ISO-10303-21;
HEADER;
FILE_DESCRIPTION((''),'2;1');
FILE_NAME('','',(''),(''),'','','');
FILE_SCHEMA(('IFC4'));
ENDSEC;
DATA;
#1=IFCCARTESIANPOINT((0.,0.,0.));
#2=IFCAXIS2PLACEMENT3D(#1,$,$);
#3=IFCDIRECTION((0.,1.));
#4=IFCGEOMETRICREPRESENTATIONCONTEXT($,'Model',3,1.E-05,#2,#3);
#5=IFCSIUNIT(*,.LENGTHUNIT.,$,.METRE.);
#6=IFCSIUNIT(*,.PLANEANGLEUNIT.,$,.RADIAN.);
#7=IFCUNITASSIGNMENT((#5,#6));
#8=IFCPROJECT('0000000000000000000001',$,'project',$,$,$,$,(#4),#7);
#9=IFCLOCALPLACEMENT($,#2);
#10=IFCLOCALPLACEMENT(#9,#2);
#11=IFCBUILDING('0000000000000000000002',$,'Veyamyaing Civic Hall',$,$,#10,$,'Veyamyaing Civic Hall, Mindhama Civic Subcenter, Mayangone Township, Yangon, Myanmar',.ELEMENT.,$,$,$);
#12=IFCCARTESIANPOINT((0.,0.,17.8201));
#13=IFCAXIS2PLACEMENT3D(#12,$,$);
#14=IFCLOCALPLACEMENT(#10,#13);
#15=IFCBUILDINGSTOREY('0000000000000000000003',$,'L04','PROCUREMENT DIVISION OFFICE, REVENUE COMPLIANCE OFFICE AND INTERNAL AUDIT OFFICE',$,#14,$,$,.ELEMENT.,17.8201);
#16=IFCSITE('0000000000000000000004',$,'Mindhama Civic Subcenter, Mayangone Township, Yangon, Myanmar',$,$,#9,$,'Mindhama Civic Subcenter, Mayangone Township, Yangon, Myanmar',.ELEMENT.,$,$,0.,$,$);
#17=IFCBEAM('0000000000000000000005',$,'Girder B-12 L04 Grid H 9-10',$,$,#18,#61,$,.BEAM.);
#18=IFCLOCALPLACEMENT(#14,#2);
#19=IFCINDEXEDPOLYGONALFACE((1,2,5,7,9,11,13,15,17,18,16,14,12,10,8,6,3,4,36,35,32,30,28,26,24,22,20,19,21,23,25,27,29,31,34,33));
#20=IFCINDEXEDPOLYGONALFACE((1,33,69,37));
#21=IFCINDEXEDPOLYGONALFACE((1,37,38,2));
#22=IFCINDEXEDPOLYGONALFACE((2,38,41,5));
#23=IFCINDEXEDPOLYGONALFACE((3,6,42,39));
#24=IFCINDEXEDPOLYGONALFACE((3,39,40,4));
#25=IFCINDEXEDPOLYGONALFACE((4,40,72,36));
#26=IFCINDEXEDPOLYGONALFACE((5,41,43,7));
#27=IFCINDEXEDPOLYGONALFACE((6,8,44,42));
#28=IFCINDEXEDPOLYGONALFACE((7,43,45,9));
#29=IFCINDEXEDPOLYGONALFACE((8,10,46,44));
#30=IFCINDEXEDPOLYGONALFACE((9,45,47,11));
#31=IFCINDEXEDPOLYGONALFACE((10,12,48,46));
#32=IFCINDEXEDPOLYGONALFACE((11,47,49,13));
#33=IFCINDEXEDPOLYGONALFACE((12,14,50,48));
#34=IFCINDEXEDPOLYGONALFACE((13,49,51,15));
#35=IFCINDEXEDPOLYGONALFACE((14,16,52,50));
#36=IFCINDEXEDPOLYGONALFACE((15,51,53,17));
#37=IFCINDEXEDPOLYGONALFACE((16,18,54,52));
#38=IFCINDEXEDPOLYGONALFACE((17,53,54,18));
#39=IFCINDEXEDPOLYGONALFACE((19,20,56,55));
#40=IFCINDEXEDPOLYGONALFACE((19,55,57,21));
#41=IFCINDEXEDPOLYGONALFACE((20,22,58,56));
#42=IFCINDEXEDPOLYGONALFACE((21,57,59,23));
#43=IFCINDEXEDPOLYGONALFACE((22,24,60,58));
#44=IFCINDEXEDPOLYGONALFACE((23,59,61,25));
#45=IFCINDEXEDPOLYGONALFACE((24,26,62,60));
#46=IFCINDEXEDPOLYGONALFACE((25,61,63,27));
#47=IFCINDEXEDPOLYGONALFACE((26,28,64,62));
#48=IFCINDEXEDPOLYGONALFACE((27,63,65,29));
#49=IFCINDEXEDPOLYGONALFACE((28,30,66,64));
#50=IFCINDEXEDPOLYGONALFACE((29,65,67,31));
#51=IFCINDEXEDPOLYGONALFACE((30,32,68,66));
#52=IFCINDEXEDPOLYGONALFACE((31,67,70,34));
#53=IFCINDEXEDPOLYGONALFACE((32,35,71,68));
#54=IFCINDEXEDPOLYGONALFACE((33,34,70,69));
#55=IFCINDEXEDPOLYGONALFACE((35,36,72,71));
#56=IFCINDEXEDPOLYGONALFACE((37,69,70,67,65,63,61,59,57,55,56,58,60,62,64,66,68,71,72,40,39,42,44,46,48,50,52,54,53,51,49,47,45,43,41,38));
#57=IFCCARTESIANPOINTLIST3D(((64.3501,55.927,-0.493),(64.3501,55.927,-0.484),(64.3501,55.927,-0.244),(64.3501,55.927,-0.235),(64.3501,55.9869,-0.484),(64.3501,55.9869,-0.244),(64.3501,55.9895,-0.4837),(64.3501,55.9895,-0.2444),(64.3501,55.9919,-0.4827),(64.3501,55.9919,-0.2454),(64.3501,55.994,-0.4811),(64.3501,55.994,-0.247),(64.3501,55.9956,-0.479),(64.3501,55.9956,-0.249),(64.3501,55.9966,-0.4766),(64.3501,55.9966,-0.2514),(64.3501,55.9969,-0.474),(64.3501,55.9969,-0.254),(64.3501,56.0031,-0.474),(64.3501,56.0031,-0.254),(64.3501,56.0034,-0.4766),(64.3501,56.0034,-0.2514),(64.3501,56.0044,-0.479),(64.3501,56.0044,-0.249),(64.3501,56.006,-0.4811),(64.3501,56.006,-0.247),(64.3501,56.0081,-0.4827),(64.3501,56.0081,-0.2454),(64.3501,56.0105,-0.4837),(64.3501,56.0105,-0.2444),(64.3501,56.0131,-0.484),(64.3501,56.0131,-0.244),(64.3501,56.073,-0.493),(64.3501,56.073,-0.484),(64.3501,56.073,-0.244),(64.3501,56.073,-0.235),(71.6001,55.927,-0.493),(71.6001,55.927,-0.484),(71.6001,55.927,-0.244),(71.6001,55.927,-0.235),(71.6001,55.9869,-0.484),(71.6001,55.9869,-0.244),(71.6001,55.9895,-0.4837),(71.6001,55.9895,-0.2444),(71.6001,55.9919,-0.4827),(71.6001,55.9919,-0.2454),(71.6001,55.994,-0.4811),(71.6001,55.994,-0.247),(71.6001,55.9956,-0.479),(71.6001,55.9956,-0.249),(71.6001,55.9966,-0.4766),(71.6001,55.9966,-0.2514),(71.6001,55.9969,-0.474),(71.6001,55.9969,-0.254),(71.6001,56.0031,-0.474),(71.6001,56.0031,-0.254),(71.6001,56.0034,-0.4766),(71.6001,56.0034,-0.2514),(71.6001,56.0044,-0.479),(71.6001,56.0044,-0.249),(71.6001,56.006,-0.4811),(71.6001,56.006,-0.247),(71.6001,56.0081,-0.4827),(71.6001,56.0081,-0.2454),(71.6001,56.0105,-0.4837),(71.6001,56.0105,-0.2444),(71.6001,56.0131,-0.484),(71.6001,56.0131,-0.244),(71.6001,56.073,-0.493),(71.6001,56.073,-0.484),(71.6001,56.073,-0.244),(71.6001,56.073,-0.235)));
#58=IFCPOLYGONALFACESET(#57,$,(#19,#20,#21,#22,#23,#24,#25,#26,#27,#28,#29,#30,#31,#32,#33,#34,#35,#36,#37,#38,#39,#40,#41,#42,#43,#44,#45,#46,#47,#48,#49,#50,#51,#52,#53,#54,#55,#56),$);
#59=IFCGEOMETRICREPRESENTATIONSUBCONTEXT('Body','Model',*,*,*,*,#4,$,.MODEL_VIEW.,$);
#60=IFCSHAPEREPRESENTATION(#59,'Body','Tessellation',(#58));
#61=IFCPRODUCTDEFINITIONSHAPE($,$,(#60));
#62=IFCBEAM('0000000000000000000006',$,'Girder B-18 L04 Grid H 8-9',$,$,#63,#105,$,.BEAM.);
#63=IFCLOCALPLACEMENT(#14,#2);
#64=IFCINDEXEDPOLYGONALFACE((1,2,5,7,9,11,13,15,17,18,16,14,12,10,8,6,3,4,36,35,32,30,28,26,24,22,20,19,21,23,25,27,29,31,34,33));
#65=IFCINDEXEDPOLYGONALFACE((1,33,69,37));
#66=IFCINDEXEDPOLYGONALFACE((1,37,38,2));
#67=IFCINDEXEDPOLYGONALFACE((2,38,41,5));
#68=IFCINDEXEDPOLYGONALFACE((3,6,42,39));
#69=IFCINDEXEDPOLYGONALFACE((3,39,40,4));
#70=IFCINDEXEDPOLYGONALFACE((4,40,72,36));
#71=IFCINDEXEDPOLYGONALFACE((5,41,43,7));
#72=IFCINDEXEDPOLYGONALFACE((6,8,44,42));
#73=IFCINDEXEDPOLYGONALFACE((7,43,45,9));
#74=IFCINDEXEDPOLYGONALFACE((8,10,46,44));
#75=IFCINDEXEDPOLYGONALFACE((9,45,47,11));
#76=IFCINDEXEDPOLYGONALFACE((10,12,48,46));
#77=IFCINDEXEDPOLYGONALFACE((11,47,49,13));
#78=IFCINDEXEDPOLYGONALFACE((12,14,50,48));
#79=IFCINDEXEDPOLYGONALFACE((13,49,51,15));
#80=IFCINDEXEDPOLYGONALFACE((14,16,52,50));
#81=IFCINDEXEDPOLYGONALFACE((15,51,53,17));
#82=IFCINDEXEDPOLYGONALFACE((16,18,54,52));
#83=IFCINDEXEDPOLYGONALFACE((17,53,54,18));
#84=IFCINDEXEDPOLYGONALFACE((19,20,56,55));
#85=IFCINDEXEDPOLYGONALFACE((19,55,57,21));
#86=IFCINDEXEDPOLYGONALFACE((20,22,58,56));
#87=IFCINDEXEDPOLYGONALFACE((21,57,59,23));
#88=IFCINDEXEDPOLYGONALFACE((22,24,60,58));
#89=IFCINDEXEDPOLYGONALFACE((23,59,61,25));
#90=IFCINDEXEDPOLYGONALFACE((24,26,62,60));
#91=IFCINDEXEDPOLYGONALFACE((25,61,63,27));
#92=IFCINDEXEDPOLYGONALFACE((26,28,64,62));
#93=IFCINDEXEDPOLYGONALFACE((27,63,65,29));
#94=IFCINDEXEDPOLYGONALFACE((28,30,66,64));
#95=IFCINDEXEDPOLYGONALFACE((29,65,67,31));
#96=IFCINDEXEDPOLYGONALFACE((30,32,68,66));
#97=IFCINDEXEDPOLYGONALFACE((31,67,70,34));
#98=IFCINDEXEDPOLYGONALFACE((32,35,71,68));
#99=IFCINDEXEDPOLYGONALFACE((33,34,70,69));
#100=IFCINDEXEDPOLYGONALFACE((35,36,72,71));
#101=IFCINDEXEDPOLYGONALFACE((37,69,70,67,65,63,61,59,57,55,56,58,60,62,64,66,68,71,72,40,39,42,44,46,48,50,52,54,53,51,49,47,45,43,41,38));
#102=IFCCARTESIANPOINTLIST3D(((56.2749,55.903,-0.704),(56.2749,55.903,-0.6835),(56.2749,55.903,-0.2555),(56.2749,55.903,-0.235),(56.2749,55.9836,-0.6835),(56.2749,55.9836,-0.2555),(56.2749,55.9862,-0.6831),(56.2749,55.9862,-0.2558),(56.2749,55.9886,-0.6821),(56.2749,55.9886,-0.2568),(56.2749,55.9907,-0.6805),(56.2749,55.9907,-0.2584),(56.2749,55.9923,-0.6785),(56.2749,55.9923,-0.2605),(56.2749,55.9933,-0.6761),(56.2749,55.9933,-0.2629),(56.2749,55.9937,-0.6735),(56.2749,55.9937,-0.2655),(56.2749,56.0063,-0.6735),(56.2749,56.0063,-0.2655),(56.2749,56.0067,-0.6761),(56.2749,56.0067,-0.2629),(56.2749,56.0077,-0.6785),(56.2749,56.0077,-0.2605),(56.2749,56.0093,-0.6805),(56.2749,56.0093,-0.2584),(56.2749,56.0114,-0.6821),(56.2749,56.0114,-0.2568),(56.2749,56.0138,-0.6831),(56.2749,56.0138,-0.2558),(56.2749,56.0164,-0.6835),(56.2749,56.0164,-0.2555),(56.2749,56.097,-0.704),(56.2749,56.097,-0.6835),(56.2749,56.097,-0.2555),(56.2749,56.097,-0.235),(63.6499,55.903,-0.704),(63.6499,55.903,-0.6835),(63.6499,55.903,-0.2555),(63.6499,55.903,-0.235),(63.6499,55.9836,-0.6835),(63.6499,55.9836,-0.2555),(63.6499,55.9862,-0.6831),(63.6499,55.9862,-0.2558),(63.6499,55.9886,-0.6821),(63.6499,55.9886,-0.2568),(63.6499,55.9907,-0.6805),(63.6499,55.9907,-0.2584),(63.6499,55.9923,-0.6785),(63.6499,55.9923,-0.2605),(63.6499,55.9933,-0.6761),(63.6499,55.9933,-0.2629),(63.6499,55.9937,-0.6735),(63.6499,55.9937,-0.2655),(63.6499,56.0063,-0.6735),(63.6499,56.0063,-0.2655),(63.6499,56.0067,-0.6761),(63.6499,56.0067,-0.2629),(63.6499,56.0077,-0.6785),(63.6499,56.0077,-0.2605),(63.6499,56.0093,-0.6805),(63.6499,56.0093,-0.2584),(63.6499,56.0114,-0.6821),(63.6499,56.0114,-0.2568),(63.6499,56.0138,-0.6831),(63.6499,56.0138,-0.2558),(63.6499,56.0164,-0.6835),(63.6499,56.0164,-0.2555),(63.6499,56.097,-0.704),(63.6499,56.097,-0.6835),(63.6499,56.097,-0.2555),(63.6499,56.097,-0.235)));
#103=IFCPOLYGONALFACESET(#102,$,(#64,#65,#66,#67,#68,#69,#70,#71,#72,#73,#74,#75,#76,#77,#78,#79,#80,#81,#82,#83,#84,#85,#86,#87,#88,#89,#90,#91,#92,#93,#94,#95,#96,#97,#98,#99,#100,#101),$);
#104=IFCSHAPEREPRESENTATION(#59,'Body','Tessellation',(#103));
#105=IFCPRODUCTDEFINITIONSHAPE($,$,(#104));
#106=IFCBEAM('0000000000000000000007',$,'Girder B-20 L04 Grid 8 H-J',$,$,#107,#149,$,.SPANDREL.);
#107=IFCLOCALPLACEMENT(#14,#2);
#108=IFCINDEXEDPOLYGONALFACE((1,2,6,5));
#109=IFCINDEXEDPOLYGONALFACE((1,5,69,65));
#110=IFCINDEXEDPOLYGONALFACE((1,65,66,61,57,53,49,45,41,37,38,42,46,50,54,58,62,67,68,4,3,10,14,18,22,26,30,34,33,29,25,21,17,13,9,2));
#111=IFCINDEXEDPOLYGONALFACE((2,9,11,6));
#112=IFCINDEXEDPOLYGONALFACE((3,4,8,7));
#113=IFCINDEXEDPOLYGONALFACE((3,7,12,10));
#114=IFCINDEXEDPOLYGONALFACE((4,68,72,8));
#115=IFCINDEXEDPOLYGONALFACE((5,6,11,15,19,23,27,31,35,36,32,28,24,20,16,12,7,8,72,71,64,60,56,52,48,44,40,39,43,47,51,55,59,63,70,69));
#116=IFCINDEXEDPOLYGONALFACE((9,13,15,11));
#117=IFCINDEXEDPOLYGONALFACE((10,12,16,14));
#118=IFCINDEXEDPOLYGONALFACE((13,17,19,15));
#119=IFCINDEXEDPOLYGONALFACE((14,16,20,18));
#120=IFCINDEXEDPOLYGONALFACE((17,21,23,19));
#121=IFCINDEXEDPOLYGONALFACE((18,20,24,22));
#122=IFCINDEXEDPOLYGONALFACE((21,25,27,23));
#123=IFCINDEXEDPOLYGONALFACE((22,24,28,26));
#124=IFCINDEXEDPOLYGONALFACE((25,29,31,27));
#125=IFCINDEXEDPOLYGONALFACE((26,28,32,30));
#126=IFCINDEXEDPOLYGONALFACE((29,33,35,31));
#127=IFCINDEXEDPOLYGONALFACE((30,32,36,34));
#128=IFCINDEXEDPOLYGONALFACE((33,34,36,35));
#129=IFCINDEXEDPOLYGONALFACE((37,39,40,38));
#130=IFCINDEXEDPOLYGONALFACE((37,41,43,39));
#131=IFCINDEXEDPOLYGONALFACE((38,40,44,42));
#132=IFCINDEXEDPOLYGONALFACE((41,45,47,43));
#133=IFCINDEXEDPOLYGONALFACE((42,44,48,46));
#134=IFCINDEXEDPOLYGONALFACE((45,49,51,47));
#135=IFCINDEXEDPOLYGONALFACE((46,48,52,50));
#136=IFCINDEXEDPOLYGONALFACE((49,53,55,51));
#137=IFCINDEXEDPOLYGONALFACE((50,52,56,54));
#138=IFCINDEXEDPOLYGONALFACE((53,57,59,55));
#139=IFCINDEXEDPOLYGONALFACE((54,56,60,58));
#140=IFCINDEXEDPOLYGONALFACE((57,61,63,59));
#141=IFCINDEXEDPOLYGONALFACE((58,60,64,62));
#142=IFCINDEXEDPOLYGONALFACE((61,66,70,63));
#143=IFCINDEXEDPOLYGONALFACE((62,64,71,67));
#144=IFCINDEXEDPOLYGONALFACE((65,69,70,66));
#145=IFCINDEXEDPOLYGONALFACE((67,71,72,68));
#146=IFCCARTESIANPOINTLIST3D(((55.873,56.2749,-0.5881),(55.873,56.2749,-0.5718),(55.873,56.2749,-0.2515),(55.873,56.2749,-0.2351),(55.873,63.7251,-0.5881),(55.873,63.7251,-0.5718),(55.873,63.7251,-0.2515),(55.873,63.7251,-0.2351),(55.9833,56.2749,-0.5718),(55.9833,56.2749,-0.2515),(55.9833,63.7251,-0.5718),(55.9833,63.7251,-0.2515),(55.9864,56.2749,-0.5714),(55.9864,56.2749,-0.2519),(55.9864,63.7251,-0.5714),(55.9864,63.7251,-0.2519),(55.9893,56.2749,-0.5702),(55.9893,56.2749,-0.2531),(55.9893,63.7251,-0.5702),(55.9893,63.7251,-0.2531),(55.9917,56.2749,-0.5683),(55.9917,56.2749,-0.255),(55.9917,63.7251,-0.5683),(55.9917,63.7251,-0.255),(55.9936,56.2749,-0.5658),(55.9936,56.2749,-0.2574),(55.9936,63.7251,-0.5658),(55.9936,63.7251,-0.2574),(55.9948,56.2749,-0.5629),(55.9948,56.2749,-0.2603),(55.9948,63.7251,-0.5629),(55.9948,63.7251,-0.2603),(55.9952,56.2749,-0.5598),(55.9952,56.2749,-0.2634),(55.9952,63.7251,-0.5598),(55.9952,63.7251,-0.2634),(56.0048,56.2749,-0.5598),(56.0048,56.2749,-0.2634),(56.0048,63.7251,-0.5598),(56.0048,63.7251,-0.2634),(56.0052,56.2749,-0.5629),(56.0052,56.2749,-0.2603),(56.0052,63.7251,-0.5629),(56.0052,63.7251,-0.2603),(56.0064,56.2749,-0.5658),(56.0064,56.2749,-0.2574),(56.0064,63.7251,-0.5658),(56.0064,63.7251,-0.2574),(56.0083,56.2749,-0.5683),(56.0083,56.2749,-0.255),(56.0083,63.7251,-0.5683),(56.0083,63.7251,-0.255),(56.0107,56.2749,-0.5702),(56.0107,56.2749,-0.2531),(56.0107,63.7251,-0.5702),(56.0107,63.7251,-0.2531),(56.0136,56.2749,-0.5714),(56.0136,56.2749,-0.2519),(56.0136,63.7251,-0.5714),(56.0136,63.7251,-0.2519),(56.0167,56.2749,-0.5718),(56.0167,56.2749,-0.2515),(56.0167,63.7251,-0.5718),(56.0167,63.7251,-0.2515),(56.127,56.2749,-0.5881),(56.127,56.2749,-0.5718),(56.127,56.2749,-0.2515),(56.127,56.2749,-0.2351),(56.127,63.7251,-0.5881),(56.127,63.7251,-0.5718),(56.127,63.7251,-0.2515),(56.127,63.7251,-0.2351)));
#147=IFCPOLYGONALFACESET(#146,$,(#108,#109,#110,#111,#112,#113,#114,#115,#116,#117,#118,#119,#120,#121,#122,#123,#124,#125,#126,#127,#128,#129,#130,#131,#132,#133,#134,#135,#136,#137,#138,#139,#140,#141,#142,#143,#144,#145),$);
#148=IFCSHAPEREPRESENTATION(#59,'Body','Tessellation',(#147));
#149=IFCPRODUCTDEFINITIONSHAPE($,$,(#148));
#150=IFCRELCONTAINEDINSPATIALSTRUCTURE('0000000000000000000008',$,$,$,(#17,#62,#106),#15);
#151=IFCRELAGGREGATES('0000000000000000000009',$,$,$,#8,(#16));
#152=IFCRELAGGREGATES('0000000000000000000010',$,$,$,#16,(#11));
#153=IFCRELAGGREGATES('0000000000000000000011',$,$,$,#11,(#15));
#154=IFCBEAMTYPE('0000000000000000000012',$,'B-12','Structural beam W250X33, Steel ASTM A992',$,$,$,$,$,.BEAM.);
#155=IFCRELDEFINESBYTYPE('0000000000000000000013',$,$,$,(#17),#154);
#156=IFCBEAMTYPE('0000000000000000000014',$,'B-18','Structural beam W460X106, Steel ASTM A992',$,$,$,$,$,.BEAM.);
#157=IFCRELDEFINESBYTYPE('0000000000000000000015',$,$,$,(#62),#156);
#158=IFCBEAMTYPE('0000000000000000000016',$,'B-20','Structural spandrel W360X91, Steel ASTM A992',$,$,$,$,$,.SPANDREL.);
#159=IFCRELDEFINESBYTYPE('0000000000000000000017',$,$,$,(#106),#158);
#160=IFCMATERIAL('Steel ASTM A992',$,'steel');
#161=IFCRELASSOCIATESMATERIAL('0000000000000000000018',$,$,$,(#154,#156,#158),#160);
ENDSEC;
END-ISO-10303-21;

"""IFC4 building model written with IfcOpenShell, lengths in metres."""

from ifc_helpers import new_model, si_unit, direction, frame, origin, origin_2d, place, context, subcontext, project, spatial, i_section, extrude, material, material_profile, profile_set, type_object, element, save


model = new_model("IFC4")

# Units and contexts
model_context = context("Model", 3, precision=1e-05, world=origin(), true_north=direction((0.0, 1.0)))
body_context = subcontext(model_context, "Body", "Model", "MODEL_VIEW")
ifc_project = project(units=[si_unit("LENGTHUNIT", "METRE"), si_unit("PLANEANGLEUNIT", "RADIAN")], contexts=[model_context])

# Site, building, storey
site_placement = place(None, origin())
site = spatial("IfcSite", under=ifc_project, at=site_placement, Name="Mindhama Civic Subcenter, Mayangone Township, Yangon, Myanmar", LongName="Mindhama Civic Subcenter, Mayangone Township, Yangon, Myanmar", CompositionType="ELEMENT", RefElevation=0.0)
building_placement = place(site_placement, origin())
building = spatial("IfcBuilding", under=site, at=building_placement, Name="Veyamyaing Civic Hall", LongName="Veyamyaing Civic Hall, Mindhama Civic Subcenter, Mayangone Township, Yangon, Myanmar", CompositionType="ELEMENT")
storey_placement = place(building_placement, frame((0.0, 0.0, 17.8201)))
storey = spatial("IfcBuildingStorey", under=building, at=storey_placement, Name="L04", Description="PROCUREMENT DIVISION OFFICE, REVENUE COMPLIANCE OFFICE AND INTERNAL AUDIT OFFICE", CompositionType="ELEMENT", Elevation=17.8201)

# Beams
ifc_material_1 = material(Name="Steel ASTM A992", Category="steel")
ifc_material_profile_1 = material_profile(ifc_material_1, i_section(OverallWidth=0.146, OverallDepth=0.2581, WebThickness=0.0061, FlangeThickness=0.009, FilletRadius=0.01, at=origin_2d()), Name="W250X33")
ifc_profile_set_1 = profile_set([ifc_material_profile_1], Name="Steel ASTM A992")
beam_type_1 = type_object("IfcBeamType", Name="B-12", Description="Structural beam W250X33, Steel ASTM A992", PredefinedType="BEAM", material=ifc_profile_set_1)
beam_1_placement = place(storey_placement, frame((64.3501, 56.0, -0.364), z_axis=(1.0, 0.0, 0.0), x_axis=(0.0, 1.0, 0.0)))
element("IfcBeam", 1, at=beam_1_placement, inside=storey, type_object=beam_type_1, Name="Girder B-12 L04 Grid H 9-10", PredefinedType="BEAM", context=body_context, shape_type="SweptSolid", body=[
    extrude(i_section(OverallWidth=0.146, OverallDepth=0.2581, WebThickness=0.0061, FlangeThickness=0.009, FilletRadius=0.01, at=origin_2d()), origin(), (0.0, 0.0, 1.0), 7.25),
])
ifc_material_profile_2 = material_profile(ifc_material_1, i_section(OverallWidth=0.1941, OverallDepth=0.469, WebThickness=0.0127, FlangeThickness=0.0205, FilletRadius=0.01, at=origin_2d()), Name="W460X106")
ifc_profile_set_2 = profile_set([ifc_material_profile_2], Name="Steel ASTM A992")
beam_type_2 = type_object("IfcBeamType", Name="B-18", Description="Structural beam W460X106, Steel ASTM A992", PredefinedType="BEAM", material=ifc_profile_set_2)
beam_2_placement = place(storey_placement, frame((56.2749, 56.0, -0.4695), z_axis=(1.0, 0.0, 0.0), x_axis=(0.0, 1.0, 0.0)))
element("IfcBeam", 2, at=beam_2_placement, inside=storey, type_object=beam_type_2, Name="Girder B-18 L04 Grid H 8-9", PredefinedType="BEAM", context=body_context, shape_type="SweptSolid", body=[
    extrude(i_section(OverallWidth=0.1941, OverallDepth=0.469, WebThickness=0.0127, FlangeThickness=0.0205, FilletRadius=0.01, at=origin_2d()), origin(), (0.0, 0.0, 1.0), 7.375),
])
ifc_material_profile_3 = material_profile(ifc_material_1, i_section(OverallWidth=0.2539, OverallDepth=0.353, WebThickness=0.0095, FlangeThickness=0.0164, FilletRadius=0.012, at=origin_2d()), Name="W360X91")
ifc_profile_set_3 = profile_set([ifc_material_profile_3], Name="Steel ASTM A992")
beam_type_3 = type_object("IfcBeamType", Name="B-20", Description="Structural spandrel W360X91, Steel ASTM A992", PredefinedType="SPANDREL", material=ifc_profile_set_3)
beam_3_placement = place(storey_placement, frame((56.0, 56.2749, -0.4116), z_axis=(0.0, 1.0, 0.0), x_axis=(-1.0, 0.0, 0.0)))
element("IfcBeam", 3, at=beam_3_placement, inside=storey, type_object=beam_type_3, Name="Girder B-20 L04 Grid 8 H-J", PredefinedType="SPANDREL", context=body_context, shape_type="SweptSolid", body=[
    extrude(i_section(OverallWidth=0.2539, OverallDepth=0.353, WebThickness=0.0095, FlangeThickness=0.0164, FilletRadius=0.012, at=origin_2d()), origin(), (0.0, 0.0, 1.0), 7.4502),
])

save(model, "model.ifc")
